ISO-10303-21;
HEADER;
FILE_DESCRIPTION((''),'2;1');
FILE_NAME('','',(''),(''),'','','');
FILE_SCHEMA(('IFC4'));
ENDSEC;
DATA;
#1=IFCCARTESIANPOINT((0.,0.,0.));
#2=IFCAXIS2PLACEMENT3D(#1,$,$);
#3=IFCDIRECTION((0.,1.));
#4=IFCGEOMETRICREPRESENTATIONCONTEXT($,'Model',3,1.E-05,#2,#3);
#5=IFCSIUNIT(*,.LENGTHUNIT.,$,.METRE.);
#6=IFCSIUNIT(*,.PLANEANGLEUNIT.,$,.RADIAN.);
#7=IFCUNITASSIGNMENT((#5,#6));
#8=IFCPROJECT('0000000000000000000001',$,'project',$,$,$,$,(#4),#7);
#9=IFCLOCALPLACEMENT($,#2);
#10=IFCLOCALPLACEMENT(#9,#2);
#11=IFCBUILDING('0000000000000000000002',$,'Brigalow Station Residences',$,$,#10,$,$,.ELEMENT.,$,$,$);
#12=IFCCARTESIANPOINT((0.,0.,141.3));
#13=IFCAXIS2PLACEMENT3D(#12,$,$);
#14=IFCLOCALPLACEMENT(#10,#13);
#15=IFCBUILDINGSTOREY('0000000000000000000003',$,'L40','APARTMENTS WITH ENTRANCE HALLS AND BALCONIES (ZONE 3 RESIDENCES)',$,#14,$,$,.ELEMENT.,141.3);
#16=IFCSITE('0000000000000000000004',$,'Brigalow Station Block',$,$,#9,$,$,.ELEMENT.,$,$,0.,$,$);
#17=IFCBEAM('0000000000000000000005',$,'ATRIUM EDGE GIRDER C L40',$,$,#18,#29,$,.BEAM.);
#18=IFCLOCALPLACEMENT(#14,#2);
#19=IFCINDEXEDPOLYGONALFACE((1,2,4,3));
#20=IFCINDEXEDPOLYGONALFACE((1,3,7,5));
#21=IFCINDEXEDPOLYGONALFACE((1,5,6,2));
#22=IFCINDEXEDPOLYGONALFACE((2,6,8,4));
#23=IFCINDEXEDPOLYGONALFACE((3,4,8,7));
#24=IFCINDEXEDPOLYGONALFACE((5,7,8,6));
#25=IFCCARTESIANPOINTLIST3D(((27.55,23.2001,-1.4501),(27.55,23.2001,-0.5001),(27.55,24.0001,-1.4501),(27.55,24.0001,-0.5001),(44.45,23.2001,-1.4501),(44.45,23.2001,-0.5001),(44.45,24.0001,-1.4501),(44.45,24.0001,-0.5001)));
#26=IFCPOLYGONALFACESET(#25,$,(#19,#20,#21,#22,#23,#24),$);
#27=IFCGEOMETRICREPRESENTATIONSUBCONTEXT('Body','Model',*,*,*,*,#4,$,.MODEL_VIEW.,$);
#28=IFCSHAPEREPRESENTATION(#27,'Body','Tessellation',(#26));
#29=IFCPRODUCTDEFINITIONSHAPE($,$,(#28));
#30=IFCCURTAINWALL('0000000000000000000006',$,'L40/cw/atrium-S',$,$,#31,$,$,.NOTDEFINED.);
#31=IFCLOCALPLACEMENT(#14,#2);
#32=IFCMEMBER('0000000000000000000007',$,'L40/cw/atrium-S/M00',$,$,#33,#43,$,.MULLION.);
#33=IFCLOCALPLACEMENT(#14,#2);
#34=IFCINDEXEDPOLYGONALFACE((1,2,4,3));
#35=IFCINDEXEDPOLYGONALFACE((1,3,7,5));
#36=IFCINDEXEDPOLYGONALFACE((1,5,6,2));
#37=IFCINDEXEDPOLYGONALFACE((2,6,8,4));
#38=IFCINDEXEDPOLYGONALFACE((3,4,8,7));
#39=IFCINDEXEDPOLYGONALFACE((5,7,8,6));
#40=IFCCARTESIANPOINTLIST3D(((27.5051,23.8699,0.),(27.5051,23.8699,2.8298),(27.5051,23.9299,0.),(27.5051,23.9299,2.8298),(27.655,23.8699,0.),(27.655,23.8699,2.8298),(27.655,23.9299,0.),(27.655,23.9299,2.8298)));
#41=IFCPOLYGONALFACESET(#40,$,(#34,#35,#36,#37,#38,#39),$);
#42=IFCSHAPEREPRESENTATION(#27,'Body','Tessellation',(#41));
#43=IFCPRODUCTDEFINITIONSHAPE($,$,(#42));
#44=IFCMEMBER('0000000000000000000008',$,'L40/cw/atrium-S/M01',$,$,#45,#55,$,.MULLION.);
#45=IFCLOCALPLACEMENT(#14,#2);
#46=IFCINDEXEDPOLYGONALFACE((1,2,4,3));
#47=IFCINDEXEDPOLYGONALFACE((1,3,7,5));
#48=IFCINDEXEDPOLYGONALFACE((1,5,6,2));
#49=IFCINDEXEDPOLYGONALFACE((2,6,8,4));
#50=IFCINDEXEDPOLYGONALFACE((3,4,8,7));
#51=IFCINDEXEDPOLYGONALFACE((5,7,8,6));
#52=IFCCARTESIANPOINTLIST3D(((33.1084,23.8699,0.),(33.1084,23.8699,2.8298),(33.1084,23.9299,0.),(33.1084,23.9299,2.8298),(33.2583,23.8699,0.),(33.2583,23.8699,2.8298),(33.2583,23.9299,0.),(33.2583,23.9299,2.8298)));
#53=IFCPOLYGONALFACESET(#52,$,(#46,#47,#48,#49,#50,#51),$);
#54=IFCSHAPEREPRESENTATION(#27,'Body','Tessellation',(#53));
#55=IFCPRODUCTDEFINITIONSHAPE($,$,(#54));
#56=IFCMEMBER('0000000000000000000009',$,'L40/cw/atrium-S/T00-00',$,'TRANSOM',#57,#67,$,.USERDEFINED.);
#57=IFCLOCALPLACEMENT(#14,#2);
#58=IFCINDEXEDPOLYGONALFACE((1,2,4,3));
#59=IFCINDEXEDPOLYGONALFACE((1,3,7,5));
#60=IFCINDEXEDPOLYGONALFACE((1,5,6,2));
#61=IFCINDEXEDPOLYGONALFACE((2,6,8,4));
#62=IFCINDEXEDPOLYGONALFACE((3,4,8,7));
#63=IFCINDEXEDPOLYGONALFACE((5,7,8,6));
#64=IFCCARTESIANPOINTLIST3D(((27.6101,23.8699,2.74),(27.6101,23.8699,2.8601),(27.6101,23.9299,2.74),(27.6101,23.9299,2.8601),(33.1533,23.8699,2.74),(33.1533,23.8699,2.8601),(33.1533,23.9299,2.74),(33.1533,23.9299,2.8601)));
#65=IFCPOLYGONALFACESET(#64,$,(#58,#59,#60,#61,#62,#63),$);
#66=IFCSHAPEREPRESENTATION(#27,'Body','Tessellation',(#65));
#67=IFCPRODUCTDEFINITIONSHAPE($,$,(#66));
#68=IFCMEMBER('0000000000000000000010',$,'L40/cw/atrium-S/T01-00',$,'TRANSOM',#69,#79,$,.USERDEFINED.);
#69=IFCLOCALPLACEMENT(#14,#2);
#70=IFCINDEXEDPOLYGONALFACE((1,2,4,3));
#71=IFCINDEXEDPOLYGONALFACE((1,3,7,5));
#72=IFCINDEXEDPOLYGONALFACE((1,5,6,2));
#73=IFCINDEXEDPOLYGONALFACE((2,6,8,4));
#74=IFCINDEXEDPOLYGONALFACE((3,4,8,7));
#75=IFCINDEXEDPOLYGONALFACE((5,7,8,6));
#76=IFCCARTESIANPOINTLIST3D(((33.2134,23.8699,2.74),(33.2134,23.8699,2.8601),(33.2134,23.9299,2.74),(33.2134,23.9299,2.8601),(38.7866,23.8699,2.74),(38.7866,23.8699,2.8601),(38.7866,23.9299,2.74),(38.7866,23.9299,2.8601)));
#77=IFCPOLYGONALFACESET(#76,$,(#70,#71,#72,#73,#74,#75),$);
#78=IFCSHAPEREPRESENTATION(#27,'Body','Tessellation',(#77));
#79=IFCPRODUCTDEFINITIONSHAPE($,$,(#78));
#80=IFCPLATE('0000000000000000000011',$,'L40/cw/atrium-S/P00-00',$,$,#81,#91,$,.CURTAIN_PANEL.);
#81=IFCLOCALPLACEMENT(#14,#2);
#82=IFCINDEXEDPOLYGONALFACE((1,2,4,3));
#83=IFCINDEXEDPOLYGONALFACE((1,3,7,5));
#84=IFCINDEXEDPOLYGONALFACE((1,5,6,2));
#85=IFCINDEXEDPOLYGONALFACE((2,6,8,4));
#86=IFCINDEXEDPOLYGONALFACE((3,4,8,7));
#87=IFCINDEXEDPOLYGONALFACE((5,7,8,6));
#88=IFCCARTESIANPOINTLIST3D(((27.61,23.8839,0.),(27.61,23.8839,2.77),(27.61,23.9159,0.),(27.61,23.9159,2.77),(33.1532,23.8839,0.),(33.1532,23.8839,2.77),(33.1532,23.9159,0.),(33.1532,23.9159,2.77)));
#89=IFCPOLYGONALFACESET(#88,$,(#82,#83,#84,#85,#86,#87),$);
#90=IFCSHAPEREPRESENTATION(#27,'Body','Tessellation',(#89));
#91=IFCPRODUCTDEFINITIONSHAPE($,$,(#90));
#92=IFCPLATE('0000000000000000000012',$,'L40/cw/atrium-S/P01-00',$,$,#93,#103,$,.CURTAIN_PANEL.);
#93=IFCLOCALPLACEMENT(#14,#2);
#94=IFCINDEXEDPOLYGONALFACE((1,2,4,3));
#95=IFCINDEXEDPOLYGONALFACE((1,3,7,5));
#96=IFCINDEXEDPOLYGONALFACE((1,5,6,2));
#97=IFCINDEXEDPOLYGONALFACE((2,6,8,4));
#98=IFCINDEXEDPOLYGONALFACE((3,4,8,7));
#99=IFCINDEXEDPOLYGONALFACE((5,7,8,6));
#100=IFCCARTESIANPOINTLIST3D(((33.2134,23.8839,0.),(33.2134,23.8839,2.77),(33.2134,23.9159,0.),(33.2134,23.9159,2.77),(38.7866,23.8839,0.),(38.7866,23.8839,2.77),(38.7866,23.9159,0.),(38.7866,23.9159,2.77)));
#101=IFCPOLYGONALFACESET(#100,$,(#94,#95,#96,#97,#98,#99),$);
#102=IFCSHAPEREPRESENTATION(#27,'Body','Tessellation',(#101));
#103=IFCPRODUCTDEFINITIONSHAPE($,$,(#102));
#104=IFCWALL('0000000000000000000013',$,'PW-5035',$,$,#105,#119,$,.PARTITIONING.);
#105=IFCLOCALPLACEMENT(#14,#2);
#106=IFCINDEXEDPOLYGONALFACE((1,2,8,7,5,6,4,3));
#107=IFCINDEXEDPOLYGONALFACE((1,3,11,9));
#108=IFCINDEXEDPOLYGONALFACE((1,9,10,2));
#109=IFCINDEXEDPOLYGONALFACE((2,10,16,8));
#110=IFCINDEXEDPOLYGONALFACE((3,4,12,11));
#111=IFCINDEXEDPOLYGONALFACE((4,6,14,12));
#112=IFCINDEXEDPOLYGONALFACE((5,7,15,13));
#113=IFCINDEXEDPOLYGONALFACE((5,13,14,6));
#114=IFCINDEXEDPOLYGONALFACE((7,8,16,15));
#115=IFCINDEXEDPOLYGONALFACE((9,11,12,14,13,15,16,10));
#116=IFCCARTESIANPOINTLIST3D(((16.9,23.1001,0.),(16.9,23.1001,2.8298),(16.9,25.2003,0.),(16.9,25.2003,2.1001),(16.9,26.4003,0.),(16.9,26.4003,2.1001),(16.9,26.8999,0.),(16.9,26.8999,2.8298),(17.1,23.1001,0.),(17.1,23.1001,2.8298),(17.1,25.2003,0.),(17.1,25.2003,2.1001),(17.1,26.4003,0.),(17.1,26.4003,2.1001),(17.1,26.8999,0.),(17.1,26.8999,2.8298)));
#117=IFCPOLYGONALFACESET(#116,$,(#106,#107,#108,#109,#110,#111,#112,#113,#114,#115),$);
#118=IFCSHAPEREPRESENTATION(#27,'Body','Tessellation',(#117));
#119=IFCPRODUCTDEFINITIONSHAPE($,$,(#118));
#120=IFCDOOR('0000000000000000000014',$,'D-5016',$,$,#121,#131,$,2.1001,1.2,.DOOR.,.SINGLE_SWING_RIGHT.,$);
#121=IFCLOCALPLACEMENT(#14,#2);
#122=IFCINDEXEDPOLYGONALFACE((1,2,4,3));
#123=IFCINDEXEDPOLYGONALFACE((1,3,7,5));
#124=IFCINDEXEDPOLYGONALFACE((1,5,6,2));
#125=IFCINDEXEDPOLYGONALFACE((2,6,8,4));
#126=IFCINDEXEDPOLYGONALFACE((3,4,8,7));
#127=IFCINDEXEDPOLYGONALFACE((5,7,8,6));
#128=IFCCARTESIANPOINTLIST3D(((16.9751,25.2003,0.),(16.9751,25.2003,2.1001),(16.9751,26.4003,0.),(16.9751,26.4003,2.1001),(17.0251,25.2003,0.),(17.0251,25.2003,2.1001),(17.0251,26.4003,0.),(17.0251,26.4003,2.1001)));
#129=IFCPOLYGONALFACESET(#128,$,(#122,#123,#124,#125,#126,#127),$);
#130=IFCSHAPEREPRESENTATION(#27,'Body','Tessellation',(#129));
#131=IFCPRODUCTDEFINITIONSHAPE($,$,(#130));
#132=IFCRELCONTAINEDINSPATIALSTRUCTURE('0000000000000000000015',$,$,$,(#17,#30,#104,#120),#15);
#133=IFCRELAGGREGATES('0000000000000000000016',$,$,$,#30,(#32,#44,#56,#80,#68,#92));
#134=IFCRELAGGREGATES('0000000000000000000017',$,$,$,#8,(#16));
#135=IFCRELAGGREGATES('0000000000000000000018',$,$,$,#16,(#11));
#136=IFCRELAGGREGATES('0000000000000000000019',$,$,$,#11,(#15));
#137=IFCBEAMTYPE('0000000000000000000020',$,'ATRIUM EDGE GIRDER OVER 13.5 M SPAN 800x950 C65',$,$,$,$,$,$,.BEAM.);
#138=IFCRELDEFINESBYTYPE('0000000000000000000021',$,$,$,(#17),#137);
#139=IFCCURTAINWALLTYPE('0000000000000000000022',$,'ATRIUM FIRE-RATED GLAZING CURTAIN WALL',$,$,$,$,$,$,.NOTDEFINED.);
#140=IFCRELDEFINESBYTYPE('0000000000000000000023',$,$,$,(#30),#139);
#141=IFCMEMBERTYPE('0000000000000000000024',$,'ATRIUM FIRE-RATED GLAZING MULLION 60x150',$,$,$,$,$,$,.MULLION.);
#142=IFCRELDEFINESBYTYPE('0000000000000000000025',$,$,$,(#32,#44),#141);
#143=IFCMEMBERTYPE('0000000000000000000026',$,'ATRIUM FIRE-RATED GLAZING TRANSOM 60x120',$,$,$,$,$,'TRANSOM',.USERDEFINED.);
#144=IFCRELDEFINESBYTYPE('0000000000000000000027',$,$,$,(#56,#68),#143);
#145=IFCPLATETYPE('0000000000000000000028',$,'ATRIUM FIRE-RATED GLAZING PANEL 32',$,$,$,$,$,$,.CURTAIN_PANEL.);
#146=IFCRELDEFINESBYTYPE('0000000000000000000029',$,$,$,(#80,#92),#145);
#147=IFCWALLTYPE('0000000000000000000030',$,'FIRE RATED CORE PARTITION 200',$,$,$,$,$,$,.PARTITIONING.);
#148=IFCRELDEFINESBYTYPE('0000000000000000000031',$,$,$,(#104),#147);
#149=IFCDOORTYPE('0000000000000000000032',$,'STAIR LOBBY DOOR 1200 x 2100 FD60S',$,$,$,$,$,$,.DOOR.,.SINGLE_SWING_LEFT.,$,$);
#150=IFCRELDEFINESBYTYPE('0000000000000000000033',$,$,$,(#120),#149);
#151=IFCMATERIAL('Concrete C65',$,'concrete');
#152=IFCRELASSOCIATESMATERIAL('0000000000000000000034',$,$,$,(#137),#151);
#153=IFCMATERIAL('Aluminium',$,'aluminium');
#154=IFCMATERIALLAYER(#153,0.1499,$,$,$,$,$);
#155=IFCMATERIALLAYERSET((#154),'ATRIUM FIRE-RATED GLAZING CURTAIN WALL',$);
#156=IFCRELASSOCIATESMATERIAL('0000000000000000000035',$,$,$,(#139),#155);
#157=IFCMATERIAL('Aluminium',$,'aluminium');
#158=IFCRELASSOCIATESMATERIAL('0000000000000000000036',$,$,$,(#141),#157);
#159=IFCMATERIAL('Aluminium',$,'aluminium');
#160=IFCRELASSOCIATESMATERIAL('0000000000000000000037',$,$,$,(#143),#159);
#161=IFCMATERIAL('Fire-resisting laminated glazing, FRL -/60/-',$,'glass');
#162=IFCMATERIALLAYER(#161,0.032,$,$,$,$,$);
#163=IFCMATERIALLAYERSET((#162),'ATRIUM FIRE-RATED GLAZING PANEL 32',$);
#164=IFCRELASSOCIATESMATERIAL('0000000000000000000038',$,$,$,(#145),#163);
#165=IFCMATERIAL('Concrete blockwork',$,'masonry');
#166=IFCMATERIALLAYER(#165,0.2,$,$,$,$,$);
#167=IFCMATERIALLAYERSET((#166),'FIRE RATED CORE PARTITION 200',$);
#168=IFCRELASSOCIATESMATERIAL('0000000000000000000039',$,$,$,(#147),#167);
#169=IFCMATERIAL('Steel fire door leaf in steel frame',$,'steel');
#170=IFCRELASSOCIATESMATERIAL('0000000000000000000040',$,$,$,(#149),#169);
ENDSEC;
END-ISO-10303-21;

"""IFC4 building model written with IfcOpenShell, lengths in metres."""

from ifc_helpers import new_model, si_unit, direction, frame, frame_2d, origin, origin_2d, place, context, subcontext, project, spatial, rectangle, extrude, material, layer, layer_set, material_profile, profile_set, type_object, element, fill, aggregate, save


model = new_model("IFC4")

# Units and contexts
model_context = context("Model", 3, precision=1e-05, world=origin(), true_north=direction((0.0, 1.0)))
body_context = subcontext(model_context, "Body", "Model", "MODEL_VIEW")
ifc_project = project(units=[si_unit("LENGTHUNIT", "METRE"), si_unit("PLANEANGLEUNIT", "RADIAN")], contexts=[model_context])

# Site, building, storey
site_placement = place(None, origin())
site = spatial("IfcSite", under=ifc_project, at=site_placement, Name="Brigalow Station Block", CompositionType="ELEMENT", RefElevation=0.0)
building_placement = place(site_placement, origin())
building = spatial("IfcBuilding", under=site, at=building_placement, Name="Brigalow Station Residences", CompositionType="ELEMENT")
storey_placement = place(building_placement, frame((0.0, 0.0, 141.3)))
storey = spatial("IfcBuildingStorey", under=building, at=storey_placement, Name="L40", Description="APARTMENTS WITH ENTRANCE HALLS AND BALCONIES (ZONE 3 RESIDENCES)", CompositionType="ELEMENT", Elevation=141.3)

# Beam
ifc_material_1 = material(Name="Concrete C65", Category="concrete")
ifc_material_profile_1 = material_profile(ifc_material_1, rectangle(XDim=0.8, YDim=0.95, at=origin_2d()), Name="RC800x950")
ifc_profile_set_1 = profile_set([ifc_material_profile_1], Name="Concrete C65")
beam_type = type_object("IfcBeamType", Name="ATRIUM EDGE GIRDER OVER 13.5 M SPAN 800x950 C65", PredefinedType="BEAM", material=ifc_profile_set_1)
beam_placement = place(storey_placement, frame((27.55, 23.6001, -0.9751), z_axis=(1.0, 0.0, 0.0), x_axis=(0.0, 1.0, 0.0)))
element("IfcBeam", 1, at=beam_placement, inside=storey, type_object=beam_type, Name="ATRIUM EDGE GIRDER C L40", PredefinedType="BEAM", context=body_context, shape_type="SweptSolid", body=[
    extrude(rectangle(XDim=0.8, YDim=0.95, at=origin_2d()), origin(), (0.0, 0.0, 1.0), 16.8999),
])

# Curtain wall, members, plates
ifc_material_2 = material(Name="Aluminium", Category="aluminium")
ifc_layer_1 = layer(ifc_material_2, 0.1499)
ifc_layer_set_1 = layer_set([ifc_layer_1], Name="ATRIUM FIRE-RATED GLAZING CURTAIN WALL")
curtain_wall_type = type_object("IfcCurtainWallType", Name="ATRIUM FIRE-RATED GLAZING CURTAIN WALL", PredefinedType="NOTDEFINED", material=ifc_layer_set_1)
curtain_wall_placement = place(storey_placement, origin())
curtain_wall = element("IfcCurtainWall", 2, at=curtain_wall_placement, inside=storey, type_object=curtain_wall_type, Name="L40/cw/atrium-S", PredefinedType="NOTDEFINED")
ifc_material_3 = material(Name="Aluminium", Category="aluminium")
ifc_material_profile_2 = material_profile(ifc_material_3, rectangle(XDim=0.0601, YDim=0.1499, at=origin_2d()), Name="ATRIUM FIRE-RATED GLAZING MULLION 60x150")
ifc_profile_set_2 = profile_set([ifc_material_profile_2], Name="Aluminium")
member_type_1 = type_object("IfcMemberType", Name="ATRIUM FIRE-RATED GLAZING MULLION 60x150", PredefinedType="MULLION", material=ifc_profile_set_2)
member_1_placement = place(storey_placement, frame((27.5801, 23.8999, 0.0), z_axis=(0.0, 0.0, 1.0), x_axis=(0.0, 1.0, 0.0)))
member_1 = element("IfcMember", 3, at=member_1_placement, type_object=member_type_1, Name="L40/cw/atrium-S/M00", PredefinedType="MULLION", context=body_context, shape_type="SweptSolid", body=[
    extrude(rectangle(XDim=0.0601, YDim=0.1499, at=origin_2d()), origin(), (0.0, 0.0, 1.0), 2.8298),
])
member_2_placement = place(storey_placement, frame((33.1833, 23.8999, 0.0), z_axis=(0.0, 0.0, 1.0), x_axis=(0.0, 1.0, 0.0)))
member_2 = element("IfcMember", 4, at=member_2_placement, type_object=member_type_1, Name="L40/cw/atrium-S/M01", PredefinedType="MULLION", context=body_context, shape_type="SweptSolid", body=[
    extrude(rectangle(XDim=0.0601, YDim=0.1499, at=origin_2d()), origin(), (0.0, 0.0, 1.0), 2.8298),
])
ifc_material_4 = material(Name="Aluminium", Category="aluminium")
ifc_material_profile_3 = material_profile(ifc_material_4, rectangle(XDim=0.0601, YDim=0.1201, at=origin_2d()), Name="ATRIUM FIRE-RATED GLAZING TRANSOM 60x120")
ifc_profile_set_3 = profile_set([ifc_material_profile_3], Name="Aluminium")
member_type_2 = type_object("IfcMemberType", Name="ATRIUM FIRE-RATED GLAZING TRANSOM 60x120", ElementType="TRANSOM", PredefinedType="USERDEFINED", material=ifc_profile_set_3)
member_3_placement = place(storey_placement, frame((27.6101, 23.8999, 2.8), z_axis=(1.0, 0.0, 0.0), x_axis=(0.0, 1.0, 0.0)))
member_3 = element("IfcMember", 5, at=member_3_placement, type_object=member_type_2, Name="L40/cw/atrium-S/T00-00", ObjectType="TRANSOM", PredefinedType="USERDEFINED", context=body_context, shape_type="SweptSolid", body=[
    extrude(rectangle(XDim=0.0601, YDim=0.1201, at=origin_2d()), origin(), (0.0, 0.0, 1.0), 5.5432),
])
member_4_placement = place(storey_placement, frame((33.2134, 23.8999, 2.8), z_axis=(1.0, 0.0, 0.0), x_axis=(0.0, 1.0, 0.0)))
member_4 = element("IfcMember", 6, at=member_4_placement, type_object=member_type_2, Name="L40/cw/atrium-S/T01-00", ObjectType="TRANSOM", PredefinedType="USERDEFINED", context=body_context, shape_type="SweptSolid", body=[
    extrude(rectangle(XDim=0.0601, YDim=0.1201, at=origin_2d()), origin(), (0.0, 0.0, 1.0), 5.5732),
])
ifc_material_5 = material(Name="Fire-resisting laminated glazing, FRL -/60/-", Category="glass")
ifc_layer_2 = layer(ifc_material_5, 0.032)
ifc_layer_set_2 = layer_set([ifc_layer_2], Name="ATRIUM FIRE-RATED GLAZING PANEL 32")
plate_type = type_object("IfcPlateType", Name="ATRIUM FIRE-RATED GLAZING PANEL 32", PredefinedType="CURTAIN_PANEL", material=ifc_layer_set_2)
plate_1_placement = place(storey_placement, frame((30.3816, 23.8999, 0.0), z_axis=(0.0, 0.0, 1.0), x_axis=(1.0, 0.0, 0.0)))
plate_1 = element("IfcPlate", 7, at=plate_1_placement, type_object=plate_type, Name="L40/cw/atrium-S/P00-00", PredefinedType="CURTAIN_PANEL", context=body_context, shape_type="SweptSolid", body=[
    extrude(rectangle(XDim=5.5432, YDim=0.032, at=origin_2d()), origin(), (0.0, 0.0, 1.0), 2.77),
])
plate_2_placement = place(storey_placement, frame((36.0, 23.8999, 0.0), z_axis=(0.0, 0.0, 1.0), x_axis=(1.0, 0.0, 0.0)))
plate_2 = element("IfcPlate", 8, at=plate_2_placement, type_object=plate_type, Name="L40/cw/atrium-S/P01-00", PredefinedType="CURTAIN_PANEL", context=body_context, shape_type="SweptSolid", body=[
    extrude(rectangle(XDim=5.5732, YDim=0.032, at=origin_2d()), origin(), (0.0, 0.0, 1.0), 2.77),
])
aggregate(curtain_wall, [member_1, member_2, member_3, plate_1, member_4, plate_2])

# Wall, opening, door
ifc_material_6 = material(Name="Concrete blockwork", Category="masonry")
ifc_layer_3 = layer(ifc_material_6, 0.2)
ifc_layer_set_3 = layer_set([ifc_layer_3], Name="FIRE RATED CORE PARTITION 200")
wall_type_1 = type_object("IfcWallType", Name="FIRE RATED CORE PARTITION 200", PredefinedType="PARTITIONING", material=ifc_layer_set_3)
wall_1_placement = place(storey_placement, frame((17.0, 23.1001, 0.0), z_axis=(0.0, 0.0, 1.0), x_axis=(0.0, 1.0, 0.0)))
wall_1 = element("IfcWall", 9, at=wall_1_placement, inside=storey, type_object=wall_type_1, Name="PW-5035", PredefinedType="PARTITIONING", context=body_context, shape_type="SweptSolid", body=[
    extrude(rectangle(XDim=3.7998, YDim=0.2, at=frame_2d((1.8999, 0.0))), origin(), (0.0, 0.0, 1.0), 2.8298),
])
opening_1_placement = place(wall_1_placement, frame((2.1001, 0.0, 0.0)))
opening_1 = element("IfcOpeningElement", 10, at=opening_1_placement, cuts=wall_1, PredefinedType="OPENING", context=body_context, shape_type="SweptSolid", body=[
    extrude(rectangle(XDim=1.2, YDim=2.1001, at=frame_2d((0.6001, 1.05))), frame((0.0, 0.1099, 0.0), z_axis=(0.0, -1.0, 0.0), x_axis=(1.0, 0.0, 0.0)), (0.0, 0.0, 1.0), 0.22),
])
ifc_material_7 = material(Name="Steel fire door leaf in steel frame", Category="steel")
door_type_1 = type_object("IfcDoorType", Name="STAIR LOBBY DOOR 1200 x 2100 FD60S", OperationType="SINGLE_SWING_LEFT", PredefinedType="DOOR", material=ifc_material_7)
door_1_placement = place(opening_1_placement, origin())
door_1 = element("IfcDoor", 11, at=door_1_placement, inside=storey, type_object=door_type_1, Name="D-5016", OperationType="SINGLE_SWING_RIGHT", OverallHeight=2.1001, OverallWidth=1.2, PredefinedType="DOOR", context=body_context, shape_type="SweptSolid", body=[
    extrude(rectangle(XDim=1.2, YDim=2.1001, at=frame_2d((0.6001, 1.05))), frame((0.0, 0.0249, 0.0), z_axis=(0.0, -1.0, 0.0), x_axis=(1.0, 0.0, 0.0)), (0.0, 0.0, 1.0), 0.05),
])
fill(opening_1, door_1)

save(model, "model.ifc")
